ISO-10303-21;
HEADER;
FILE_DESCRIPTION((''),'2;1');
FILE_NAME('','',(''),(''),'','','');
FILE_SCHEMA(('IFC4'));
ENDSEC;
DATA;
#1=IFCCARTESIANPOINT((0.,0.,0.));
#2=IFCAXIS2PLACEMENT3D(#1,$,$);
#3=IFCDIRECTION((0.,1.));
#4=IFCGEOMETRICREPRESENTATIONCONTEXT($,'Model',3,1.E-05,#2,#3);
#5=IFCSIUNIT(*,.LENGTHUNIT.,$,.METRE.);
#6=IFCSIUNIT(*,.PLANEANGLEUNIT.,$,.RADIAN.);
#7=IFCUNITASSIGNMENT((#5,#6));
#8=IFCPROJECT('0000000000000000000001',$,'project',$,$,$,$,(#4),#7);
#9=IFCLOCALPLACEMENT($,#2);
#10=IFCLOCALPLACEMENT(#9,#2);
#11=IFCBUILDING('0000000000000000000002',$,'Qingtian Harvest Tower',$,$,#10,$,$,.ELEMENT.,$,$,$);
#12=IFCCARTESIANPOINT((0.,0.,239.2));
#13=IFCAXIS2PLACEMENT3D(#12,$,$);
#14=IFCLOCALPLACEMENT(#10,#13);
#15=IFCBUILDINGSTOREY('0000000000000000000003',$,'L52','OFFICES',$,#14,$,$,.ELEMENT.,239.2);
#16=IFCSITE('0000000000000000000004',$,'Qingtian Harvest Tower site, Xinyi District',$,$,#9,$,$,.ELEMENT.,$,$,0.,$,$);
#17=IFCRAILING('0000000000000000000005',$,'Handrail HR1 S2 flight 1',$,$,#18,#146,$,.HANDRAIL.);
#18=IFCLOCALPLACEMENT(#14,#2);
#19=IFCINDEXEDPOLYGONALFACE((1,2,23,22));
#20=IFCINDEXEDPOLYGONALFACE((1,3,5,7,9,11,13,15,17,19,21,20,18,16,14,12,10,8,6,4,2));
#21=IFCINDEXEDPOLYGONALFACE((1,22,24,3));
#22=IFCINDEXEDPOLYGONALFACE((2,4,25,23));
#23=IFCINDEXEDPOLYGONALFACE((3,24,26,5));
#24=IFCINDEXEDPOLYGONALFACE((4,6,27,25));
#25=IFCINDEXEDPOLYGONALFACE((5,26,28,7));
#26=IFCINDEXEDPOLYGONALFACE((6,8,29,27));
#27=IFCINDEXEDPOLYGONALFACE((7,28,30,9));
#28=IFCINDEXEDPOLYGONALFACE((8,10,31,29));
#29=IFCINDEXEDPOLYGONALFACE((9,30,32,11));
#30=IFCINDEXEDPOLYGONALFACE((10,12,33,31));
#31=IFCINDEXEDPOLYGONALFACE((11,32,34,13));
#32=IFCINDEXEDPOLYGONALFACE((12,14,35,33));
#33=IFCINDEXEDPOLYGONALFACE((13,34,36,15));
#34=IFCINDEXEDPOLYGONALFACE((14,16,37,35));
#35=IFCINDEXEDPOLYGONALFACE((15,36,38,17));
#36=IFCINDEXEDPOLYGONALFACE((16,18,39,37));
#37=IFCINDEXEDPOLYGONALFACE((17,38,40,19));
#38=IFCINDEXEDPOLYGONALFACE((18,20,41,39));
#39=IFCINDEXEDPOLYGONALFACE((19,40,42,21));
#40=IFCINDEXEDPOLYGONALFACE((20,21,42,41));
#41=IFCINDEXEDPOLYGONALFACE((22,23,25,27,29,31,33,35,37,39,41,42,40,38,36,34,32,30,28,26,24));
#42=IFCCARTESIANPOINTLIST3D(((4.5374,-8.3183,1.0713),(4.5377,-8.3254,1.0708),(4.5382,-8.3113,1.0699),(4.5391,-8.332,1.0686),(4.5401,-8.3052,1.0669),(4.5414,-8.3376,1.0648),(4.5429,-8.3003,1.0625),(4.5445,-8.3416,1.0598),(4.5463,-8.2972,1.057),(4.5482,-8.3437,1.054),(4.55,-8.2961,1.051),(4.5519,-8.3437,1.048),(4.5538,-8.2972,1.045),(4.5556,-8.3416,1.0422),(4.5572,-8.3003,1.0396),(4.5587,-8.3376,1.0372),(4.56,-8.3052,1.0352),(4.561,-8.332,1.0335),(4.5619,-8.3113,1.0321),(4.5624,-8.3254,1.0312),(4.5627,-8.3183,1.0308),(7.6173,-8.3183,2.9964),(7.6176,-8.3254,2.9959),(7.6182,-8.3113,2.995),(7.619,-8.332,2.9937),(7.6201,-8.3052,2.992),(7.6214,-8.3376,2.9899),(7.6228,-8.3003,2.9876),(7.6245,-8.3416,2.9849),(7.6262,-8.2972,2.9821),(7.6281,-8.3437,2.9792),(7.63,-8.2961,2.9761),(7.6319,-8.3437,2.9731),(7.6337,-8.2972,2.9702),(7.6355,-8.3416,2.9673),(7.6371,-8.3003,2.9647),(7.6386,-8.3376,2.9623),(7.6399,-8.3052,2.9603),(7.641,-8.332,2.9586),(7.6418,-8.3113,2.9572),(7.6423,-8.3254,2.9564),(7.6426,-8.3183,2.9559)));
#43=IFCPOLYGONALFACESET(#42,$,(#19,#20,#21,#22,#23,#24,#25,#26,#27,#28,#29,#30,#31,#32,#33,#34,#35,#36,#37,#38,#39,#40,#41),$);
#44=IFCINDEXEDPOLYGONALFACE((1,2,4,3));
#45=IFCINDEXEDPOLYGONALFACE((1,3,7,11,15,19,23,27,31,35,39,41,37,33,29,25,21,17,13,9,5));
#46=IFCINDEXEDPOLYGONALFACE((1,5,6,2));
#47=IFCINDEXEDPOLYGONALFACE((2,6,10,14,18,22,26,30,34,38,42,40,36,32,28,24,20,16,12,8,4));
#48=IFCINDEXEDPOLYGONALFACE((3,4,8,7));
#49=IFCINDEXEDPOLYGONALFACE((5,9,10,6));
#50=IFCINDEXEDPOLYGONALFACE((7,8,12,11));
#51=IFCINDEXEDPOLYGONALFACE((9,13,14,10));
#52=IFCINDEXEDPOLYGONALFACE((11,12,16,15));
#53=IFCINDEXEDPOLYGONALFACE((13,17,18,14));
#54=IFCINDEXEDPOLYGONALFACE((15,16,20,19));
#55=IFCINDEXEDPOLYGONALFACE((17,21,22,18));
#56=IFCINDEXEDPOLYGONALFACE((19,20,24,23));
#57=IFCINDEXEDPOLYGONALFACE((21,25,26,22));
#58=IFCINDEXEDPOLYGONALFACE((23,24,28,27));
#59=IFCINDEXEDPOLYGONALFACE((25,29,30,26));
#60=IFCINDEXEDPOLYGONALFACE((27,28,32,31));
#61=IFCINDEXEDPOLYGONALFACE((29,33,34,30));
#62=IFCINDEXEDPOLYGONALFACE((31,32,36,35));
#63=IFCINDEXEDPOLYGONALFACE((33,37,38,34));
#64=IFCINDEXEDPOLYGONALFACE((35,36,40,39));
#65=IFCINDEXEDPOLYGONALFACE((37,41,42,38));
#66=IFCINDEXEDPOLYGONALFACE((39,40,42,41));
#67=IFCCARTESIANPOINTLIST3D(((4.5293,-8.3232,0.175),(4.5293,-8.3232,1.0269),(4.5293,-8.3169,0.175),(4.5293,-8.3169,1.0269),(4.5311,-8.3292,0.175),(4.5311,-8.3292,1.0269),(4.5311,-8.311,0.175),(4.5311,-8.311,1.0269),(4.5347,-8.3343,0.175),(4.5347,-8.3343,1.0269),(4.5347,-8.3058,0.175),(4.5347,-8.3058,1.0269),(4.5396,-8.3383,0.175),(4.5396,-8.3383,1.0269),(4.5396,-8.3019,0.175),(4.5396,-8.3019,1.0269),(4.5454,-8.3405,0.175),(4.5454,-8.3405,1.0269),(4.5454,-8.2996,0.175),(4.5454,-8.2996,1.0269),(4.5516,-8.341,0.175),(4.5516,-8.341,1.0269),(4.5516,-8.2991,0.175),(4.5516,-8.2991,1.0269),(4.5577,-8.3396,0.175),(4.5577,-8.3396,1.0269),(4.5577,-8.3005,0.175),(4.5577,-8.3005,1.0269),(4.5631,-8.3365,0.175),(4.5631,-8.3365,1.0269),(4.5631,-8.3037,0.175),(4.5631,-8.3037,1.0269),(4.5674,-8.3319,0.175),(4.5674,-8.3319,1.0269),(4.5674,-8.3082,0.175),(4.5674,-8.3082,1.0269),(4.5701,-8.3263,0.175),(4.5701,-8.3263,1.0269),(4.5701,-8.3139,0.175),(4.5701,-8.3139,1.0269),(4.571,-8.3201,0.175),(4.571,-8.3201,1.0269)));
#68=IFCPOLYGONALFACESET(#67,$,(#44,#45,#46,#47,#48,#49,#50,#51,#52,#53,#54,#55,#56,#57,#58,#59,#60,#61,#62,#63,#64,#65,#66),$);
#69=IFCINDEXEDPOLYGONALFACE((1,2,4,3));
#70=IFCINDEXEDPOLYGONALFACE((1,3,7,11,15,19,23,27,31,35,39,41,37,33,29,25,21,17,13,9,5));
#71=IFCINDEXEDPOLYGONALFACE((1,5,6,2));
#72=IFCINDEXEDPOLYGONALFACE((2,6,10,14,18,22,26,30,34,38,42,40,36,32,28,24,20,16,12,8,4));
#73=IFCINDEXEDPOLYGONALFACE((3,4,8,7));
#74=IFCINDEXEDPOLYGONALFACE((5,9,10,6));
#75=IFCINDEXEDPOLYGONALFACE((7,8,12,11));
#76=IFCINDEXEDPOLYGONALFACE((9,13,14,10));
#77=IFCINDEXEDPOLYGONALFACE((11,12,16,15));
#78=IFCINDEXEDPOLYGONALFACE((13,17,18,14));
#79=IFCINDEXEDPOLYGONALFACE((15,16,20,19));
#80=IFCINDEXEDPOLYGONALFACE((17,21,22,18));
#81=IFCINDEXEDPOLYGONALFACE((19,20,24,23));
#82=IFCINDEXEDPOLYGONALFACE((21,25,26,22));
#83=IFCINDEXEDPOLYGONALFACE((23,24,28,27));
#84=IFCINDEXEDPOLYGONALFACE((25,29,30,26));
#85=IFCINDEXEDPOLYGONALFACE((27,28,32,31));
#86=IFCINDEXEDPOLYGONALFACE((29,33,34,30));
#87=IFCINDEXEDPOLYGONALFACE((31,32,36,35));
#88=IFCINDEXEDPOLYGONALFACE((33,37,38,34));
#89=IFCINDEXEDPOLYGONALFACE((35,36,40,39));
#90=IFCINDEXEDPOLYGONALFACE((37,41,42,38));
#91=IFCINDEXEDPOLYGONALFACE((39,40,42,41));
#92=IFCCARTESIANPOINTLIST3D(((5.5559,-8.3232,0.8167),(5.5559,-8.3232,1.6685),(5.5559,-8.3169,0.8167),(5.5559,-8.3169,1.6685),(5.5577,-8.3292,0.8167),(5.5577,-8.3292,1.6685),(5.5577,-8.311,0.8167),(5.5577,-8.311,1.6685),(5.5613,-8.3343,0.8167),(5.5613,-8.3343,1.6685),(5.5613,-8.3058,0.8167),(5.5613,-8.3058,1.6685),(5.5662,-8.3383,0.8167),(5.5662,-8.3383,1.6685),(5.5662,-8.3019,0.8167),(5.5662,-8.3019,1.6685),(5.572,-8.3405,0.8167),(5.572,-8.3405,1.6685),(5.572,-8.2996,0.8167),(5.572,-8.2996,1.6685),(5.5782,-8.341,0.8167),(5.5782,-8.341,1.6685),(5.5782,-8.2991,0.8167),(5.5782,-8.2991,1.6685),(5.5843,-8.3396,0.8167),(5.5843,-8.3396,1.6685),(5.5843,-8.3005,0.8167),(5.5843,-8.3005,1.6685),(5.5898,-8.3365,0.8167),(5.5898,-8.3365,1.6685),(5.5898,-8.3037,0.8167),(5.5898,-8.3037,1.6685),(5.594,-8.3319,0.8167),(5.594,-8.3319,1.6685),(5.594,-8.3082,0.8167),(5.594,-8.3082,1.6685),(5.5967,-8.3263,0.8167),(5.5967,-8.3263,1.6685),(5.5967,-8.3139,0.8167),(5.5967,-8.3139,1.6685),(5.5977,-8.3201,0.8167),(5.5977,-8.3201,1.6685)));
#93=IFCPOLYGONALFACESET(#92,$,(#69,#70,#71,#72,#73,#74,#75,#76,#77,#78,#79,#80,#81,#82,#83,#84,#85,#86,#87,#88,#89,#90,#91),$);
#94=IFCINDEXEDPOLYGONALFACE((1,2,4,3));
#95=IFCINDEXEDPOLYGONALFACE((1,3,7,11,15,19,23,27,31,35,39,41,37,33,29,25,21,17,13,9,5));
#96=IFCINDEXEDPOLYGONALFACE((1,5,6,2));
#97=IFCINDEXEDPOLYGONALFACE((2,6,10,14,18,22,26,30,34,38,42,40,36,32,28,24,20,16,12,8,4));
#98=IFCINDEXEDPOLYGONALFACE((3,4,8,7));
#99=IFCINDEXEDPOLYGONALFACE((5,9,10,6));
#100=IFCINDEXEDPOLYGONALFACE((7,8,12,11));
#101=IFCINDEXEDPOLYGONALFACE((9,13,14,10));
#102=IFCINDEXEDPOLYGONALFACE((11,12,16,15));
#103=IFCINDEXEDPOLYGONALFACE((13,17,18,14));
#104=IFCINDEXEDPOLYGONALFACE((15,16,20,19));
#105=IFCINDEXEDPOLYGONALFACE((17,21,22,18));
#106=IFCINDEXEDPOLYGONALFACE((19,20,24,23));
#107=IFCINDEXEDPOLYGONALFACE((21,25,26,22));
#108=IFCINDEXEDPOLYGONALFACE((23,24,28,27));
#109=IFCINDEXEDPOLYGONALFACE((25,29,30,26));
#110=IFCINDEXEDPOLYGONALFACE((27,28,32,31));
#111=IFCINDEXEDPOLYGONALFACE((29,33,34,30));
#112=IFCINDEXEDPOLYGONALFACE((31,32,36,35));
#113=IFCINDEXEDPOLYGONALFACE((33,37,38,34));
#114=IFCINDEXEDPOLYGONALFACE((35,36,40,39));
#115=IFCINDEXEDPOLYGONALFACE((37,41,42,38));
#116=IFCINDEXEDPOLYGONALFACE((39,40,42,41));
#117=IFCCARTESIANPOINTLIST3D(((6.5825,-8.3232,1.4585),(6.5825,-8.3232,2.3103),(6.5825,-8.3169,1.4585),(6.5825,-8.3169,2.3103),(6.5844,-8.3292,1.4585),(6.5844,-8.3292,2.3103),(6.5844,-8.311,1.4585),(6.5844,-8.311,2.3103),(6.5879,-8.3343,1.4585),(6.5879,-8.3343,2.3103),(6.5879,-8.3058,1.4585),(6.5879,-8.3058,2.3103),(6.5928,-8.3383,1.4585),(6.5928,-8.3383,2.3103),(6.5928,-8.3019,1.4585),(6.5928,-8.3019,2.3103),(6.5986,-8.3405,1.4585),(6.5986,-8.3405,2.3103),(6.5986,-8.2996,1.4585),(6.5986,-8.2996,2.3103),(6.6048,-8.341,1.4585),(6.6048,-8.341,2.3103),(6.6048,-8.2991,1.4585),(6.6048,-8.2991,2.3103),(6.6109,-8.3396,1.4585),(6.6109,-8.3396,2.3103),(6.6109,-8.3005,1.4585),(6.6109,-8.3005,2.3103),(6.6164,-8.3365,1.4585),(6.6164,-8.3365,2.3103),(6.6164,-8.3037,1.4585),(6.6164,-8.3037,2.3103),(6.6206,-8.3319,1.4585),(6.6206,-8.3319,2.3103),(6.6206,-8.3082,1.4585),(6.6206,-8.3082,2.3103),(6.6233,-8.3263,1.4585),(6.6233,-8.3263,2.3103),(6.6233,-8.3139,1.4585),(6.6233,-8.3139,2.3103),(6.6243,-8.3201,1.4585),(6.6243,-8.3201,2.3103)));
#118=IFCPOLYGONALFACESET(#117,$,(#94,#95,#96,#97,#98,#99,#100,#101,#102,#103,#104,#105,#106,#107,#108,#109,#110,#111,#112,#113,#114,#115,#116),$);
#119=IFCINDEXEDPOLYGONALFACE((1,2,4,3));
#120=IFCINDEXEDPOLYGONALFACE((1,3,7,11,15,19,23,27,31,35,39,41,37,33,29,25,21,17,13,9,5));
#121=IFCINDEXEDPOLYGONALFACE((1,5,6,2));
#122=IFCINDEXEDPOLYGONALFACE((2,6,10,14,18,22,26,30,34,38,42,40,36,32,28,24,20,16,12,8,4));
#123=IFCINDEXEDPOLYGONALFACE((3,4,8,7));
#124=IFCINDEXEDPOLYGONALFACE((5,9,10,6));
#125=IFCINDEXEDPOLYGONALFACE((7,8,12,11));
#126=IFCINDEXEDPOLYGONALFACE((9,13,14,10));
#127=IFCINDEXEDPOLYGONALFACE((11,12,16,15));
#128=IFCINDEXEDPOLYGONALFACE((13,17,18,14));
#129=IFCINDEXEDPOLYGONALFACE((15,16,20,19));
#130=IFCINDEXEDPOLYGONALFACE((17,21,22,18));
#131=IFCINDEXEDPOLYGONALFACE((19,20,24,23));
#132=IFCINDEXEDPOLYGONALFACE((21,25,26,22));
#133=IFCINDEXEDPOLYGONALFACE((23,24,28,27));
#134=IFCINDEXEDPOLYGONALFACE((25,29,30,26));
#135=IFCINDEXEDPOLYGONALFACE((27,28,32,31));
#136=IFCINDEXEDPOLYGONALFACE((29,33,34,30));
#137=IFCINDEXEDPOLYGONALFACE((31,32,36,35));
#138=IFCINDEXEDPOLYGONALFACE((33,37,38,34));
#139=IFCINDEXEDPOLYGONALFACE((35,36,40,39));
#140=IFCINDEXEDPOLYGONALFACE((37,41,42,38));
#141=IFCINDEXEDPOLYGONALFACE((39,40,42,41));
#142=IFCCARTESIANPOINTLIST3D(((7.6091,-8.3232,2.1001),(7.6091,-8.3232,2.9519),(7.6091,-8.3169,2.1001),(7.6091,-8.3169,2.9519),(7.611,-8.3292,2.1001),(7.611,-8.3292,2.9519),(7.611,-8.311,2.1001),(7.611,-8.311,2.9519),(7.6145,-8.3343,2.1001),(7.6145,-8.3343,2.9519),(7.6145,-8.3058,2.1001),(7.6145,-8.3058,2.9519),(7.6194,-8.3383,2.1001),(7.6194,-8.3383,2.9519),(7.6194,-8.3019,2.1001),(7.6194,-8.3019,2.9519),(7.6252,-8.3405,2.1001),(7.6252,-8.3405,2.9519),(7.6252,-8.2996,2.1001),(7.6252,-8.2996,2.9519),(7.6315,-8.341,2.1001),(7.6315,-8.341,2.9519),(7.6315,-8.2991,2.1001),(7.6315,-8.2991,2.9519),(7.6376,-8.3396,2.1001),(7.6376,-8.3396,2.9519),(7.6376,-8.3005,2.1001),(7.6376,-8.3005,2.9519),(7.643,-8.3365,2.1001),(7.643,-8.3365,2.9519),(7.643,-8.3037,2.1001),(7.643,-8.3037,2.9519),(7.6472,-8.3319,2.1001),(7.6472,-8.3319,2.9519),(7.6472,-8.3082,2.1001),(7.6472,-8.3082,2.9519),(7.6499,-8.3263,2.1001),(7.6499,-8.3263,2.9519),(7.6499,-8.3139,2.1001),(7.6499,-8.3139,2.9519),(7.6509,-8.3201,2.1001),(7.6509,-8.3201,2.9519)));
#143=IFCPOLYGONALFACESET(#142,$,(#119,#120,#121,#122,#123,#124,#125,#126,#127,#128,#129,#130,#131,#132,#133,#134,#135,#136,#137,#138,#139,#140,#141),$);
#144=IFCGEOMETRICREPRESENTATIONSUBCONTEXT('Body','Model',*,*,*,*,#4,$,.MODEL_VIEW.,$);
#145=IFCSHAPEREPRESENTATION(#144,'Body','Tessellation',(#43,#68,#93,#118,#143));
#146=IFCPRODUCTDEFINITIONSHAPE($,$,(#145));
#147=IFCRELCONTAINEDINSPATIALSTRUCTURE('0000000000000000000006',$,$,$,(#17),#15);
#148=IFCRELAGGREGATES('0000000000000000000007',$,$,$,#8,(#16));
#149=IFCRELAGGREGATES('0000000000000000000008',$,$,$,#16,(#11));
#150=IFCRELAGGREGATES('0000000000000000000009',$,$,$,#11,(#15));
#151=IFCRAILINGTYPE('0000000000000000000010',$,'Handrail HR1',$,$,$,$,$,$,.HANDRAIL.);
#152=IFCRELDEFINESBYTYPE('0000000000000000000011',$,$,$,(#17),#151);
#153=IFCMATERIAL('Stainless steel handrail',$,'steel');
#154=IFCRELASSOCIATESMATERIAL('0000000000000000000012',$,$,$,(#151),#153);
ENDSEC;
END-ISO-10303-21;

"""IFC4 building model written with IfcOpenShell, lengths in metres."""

from ifc_helpers import new_model, si_unit, direction, frame, origin, origin_2d, place, context, subcontext, project, spatial, circle, extrude, material, type_object, element, save


model = new_model("IFC4")

# Units and contexts
model_context = context("Model", 3, precision=1e-05, world=origin(), true_north=direction((0.0, 1.0)))
body_context = subcontext(model_context, "Body", "Model", "MODEL_VIEW")
ifc_project = project(units=[si_unit("LENGTHUNIT", "METRE"), si_unit("PLANEANGLEUNIT", "RADIAN")], contexts=[model_context])

# Site, building, storey
site_placement = place(None, origin())
site = spatial("IfcSite", under=ifc_project, at=site_placement, Name="Qingtian Harvest Tower site, Xinyi District", CompositionType="ELEMENT", RefElevation=0.0)
building_placement = place(site_placement, origin())
building = spatial("IfcBuilding", under=site, at=building_placement, Name="Qingtian Harvest Tower", CompositionType="ELEMENT")
storey_placement = place(building_placement, frame((0.0, 0.0, 239.2)))
storey = spatial("IfcBuildingStorey", under=building, at=storey_placement, Name="L52", Description="OFFICES", CompositionType="ELEMENT", Elevation=239.2)

# Railing
ifc_material_1 = material(Name="Stainless steel handrail", Category="steel")
railing_type = type_object("IfcRailingType", Name="Handrail HR1", PredefinedType="HANDRAIL", material=ifc_material_1)
railing_1_placement = place(storey_placement, frame((4.55, -8.3201, 0.175)))
element("IfcRailing", 1, at=railing_1_placement, inside=storey, type_object=railing_type, Name="Handrail HR1 S2 flight 1", PredefinedType="HANDRAIL", context=body_context, shape_type="SweptSolid", body=[
    extrude(circle(Radius=0.0239, at=origin_2d()), frame((0.0, 0.0, 0.876), z_axis=(0.847979, 0.0, 0.530029), x_axis=(0.0, 1.0, 0.0)), (0.0, 0.0, 1.0), 3.6321),
    extrude(circle(Radius=0.021, at=origin_2d()), origin(), (0.0, 0.0, 1.0), 0.8518),
    extrude(circle(Radius=0.021, at=origin_2d()), frame((1.0266, 0.0, 0.6416)), (0.0, 0.0, 1.0), 0.8518),
    extrude(circle(Radius=0.021, at=origin_2d()), frame((2.0532, 0.0, 1.2834)), (0.0, 0.0, 1.0), 0.8518),
    extrude(circle(Radius=0.021, at=origin_2d()), frame((3.0798, 0.0, 1.925)), (0.0, 0.0, 1.0), 0.8518),
])

save(model, "model.ifc")
